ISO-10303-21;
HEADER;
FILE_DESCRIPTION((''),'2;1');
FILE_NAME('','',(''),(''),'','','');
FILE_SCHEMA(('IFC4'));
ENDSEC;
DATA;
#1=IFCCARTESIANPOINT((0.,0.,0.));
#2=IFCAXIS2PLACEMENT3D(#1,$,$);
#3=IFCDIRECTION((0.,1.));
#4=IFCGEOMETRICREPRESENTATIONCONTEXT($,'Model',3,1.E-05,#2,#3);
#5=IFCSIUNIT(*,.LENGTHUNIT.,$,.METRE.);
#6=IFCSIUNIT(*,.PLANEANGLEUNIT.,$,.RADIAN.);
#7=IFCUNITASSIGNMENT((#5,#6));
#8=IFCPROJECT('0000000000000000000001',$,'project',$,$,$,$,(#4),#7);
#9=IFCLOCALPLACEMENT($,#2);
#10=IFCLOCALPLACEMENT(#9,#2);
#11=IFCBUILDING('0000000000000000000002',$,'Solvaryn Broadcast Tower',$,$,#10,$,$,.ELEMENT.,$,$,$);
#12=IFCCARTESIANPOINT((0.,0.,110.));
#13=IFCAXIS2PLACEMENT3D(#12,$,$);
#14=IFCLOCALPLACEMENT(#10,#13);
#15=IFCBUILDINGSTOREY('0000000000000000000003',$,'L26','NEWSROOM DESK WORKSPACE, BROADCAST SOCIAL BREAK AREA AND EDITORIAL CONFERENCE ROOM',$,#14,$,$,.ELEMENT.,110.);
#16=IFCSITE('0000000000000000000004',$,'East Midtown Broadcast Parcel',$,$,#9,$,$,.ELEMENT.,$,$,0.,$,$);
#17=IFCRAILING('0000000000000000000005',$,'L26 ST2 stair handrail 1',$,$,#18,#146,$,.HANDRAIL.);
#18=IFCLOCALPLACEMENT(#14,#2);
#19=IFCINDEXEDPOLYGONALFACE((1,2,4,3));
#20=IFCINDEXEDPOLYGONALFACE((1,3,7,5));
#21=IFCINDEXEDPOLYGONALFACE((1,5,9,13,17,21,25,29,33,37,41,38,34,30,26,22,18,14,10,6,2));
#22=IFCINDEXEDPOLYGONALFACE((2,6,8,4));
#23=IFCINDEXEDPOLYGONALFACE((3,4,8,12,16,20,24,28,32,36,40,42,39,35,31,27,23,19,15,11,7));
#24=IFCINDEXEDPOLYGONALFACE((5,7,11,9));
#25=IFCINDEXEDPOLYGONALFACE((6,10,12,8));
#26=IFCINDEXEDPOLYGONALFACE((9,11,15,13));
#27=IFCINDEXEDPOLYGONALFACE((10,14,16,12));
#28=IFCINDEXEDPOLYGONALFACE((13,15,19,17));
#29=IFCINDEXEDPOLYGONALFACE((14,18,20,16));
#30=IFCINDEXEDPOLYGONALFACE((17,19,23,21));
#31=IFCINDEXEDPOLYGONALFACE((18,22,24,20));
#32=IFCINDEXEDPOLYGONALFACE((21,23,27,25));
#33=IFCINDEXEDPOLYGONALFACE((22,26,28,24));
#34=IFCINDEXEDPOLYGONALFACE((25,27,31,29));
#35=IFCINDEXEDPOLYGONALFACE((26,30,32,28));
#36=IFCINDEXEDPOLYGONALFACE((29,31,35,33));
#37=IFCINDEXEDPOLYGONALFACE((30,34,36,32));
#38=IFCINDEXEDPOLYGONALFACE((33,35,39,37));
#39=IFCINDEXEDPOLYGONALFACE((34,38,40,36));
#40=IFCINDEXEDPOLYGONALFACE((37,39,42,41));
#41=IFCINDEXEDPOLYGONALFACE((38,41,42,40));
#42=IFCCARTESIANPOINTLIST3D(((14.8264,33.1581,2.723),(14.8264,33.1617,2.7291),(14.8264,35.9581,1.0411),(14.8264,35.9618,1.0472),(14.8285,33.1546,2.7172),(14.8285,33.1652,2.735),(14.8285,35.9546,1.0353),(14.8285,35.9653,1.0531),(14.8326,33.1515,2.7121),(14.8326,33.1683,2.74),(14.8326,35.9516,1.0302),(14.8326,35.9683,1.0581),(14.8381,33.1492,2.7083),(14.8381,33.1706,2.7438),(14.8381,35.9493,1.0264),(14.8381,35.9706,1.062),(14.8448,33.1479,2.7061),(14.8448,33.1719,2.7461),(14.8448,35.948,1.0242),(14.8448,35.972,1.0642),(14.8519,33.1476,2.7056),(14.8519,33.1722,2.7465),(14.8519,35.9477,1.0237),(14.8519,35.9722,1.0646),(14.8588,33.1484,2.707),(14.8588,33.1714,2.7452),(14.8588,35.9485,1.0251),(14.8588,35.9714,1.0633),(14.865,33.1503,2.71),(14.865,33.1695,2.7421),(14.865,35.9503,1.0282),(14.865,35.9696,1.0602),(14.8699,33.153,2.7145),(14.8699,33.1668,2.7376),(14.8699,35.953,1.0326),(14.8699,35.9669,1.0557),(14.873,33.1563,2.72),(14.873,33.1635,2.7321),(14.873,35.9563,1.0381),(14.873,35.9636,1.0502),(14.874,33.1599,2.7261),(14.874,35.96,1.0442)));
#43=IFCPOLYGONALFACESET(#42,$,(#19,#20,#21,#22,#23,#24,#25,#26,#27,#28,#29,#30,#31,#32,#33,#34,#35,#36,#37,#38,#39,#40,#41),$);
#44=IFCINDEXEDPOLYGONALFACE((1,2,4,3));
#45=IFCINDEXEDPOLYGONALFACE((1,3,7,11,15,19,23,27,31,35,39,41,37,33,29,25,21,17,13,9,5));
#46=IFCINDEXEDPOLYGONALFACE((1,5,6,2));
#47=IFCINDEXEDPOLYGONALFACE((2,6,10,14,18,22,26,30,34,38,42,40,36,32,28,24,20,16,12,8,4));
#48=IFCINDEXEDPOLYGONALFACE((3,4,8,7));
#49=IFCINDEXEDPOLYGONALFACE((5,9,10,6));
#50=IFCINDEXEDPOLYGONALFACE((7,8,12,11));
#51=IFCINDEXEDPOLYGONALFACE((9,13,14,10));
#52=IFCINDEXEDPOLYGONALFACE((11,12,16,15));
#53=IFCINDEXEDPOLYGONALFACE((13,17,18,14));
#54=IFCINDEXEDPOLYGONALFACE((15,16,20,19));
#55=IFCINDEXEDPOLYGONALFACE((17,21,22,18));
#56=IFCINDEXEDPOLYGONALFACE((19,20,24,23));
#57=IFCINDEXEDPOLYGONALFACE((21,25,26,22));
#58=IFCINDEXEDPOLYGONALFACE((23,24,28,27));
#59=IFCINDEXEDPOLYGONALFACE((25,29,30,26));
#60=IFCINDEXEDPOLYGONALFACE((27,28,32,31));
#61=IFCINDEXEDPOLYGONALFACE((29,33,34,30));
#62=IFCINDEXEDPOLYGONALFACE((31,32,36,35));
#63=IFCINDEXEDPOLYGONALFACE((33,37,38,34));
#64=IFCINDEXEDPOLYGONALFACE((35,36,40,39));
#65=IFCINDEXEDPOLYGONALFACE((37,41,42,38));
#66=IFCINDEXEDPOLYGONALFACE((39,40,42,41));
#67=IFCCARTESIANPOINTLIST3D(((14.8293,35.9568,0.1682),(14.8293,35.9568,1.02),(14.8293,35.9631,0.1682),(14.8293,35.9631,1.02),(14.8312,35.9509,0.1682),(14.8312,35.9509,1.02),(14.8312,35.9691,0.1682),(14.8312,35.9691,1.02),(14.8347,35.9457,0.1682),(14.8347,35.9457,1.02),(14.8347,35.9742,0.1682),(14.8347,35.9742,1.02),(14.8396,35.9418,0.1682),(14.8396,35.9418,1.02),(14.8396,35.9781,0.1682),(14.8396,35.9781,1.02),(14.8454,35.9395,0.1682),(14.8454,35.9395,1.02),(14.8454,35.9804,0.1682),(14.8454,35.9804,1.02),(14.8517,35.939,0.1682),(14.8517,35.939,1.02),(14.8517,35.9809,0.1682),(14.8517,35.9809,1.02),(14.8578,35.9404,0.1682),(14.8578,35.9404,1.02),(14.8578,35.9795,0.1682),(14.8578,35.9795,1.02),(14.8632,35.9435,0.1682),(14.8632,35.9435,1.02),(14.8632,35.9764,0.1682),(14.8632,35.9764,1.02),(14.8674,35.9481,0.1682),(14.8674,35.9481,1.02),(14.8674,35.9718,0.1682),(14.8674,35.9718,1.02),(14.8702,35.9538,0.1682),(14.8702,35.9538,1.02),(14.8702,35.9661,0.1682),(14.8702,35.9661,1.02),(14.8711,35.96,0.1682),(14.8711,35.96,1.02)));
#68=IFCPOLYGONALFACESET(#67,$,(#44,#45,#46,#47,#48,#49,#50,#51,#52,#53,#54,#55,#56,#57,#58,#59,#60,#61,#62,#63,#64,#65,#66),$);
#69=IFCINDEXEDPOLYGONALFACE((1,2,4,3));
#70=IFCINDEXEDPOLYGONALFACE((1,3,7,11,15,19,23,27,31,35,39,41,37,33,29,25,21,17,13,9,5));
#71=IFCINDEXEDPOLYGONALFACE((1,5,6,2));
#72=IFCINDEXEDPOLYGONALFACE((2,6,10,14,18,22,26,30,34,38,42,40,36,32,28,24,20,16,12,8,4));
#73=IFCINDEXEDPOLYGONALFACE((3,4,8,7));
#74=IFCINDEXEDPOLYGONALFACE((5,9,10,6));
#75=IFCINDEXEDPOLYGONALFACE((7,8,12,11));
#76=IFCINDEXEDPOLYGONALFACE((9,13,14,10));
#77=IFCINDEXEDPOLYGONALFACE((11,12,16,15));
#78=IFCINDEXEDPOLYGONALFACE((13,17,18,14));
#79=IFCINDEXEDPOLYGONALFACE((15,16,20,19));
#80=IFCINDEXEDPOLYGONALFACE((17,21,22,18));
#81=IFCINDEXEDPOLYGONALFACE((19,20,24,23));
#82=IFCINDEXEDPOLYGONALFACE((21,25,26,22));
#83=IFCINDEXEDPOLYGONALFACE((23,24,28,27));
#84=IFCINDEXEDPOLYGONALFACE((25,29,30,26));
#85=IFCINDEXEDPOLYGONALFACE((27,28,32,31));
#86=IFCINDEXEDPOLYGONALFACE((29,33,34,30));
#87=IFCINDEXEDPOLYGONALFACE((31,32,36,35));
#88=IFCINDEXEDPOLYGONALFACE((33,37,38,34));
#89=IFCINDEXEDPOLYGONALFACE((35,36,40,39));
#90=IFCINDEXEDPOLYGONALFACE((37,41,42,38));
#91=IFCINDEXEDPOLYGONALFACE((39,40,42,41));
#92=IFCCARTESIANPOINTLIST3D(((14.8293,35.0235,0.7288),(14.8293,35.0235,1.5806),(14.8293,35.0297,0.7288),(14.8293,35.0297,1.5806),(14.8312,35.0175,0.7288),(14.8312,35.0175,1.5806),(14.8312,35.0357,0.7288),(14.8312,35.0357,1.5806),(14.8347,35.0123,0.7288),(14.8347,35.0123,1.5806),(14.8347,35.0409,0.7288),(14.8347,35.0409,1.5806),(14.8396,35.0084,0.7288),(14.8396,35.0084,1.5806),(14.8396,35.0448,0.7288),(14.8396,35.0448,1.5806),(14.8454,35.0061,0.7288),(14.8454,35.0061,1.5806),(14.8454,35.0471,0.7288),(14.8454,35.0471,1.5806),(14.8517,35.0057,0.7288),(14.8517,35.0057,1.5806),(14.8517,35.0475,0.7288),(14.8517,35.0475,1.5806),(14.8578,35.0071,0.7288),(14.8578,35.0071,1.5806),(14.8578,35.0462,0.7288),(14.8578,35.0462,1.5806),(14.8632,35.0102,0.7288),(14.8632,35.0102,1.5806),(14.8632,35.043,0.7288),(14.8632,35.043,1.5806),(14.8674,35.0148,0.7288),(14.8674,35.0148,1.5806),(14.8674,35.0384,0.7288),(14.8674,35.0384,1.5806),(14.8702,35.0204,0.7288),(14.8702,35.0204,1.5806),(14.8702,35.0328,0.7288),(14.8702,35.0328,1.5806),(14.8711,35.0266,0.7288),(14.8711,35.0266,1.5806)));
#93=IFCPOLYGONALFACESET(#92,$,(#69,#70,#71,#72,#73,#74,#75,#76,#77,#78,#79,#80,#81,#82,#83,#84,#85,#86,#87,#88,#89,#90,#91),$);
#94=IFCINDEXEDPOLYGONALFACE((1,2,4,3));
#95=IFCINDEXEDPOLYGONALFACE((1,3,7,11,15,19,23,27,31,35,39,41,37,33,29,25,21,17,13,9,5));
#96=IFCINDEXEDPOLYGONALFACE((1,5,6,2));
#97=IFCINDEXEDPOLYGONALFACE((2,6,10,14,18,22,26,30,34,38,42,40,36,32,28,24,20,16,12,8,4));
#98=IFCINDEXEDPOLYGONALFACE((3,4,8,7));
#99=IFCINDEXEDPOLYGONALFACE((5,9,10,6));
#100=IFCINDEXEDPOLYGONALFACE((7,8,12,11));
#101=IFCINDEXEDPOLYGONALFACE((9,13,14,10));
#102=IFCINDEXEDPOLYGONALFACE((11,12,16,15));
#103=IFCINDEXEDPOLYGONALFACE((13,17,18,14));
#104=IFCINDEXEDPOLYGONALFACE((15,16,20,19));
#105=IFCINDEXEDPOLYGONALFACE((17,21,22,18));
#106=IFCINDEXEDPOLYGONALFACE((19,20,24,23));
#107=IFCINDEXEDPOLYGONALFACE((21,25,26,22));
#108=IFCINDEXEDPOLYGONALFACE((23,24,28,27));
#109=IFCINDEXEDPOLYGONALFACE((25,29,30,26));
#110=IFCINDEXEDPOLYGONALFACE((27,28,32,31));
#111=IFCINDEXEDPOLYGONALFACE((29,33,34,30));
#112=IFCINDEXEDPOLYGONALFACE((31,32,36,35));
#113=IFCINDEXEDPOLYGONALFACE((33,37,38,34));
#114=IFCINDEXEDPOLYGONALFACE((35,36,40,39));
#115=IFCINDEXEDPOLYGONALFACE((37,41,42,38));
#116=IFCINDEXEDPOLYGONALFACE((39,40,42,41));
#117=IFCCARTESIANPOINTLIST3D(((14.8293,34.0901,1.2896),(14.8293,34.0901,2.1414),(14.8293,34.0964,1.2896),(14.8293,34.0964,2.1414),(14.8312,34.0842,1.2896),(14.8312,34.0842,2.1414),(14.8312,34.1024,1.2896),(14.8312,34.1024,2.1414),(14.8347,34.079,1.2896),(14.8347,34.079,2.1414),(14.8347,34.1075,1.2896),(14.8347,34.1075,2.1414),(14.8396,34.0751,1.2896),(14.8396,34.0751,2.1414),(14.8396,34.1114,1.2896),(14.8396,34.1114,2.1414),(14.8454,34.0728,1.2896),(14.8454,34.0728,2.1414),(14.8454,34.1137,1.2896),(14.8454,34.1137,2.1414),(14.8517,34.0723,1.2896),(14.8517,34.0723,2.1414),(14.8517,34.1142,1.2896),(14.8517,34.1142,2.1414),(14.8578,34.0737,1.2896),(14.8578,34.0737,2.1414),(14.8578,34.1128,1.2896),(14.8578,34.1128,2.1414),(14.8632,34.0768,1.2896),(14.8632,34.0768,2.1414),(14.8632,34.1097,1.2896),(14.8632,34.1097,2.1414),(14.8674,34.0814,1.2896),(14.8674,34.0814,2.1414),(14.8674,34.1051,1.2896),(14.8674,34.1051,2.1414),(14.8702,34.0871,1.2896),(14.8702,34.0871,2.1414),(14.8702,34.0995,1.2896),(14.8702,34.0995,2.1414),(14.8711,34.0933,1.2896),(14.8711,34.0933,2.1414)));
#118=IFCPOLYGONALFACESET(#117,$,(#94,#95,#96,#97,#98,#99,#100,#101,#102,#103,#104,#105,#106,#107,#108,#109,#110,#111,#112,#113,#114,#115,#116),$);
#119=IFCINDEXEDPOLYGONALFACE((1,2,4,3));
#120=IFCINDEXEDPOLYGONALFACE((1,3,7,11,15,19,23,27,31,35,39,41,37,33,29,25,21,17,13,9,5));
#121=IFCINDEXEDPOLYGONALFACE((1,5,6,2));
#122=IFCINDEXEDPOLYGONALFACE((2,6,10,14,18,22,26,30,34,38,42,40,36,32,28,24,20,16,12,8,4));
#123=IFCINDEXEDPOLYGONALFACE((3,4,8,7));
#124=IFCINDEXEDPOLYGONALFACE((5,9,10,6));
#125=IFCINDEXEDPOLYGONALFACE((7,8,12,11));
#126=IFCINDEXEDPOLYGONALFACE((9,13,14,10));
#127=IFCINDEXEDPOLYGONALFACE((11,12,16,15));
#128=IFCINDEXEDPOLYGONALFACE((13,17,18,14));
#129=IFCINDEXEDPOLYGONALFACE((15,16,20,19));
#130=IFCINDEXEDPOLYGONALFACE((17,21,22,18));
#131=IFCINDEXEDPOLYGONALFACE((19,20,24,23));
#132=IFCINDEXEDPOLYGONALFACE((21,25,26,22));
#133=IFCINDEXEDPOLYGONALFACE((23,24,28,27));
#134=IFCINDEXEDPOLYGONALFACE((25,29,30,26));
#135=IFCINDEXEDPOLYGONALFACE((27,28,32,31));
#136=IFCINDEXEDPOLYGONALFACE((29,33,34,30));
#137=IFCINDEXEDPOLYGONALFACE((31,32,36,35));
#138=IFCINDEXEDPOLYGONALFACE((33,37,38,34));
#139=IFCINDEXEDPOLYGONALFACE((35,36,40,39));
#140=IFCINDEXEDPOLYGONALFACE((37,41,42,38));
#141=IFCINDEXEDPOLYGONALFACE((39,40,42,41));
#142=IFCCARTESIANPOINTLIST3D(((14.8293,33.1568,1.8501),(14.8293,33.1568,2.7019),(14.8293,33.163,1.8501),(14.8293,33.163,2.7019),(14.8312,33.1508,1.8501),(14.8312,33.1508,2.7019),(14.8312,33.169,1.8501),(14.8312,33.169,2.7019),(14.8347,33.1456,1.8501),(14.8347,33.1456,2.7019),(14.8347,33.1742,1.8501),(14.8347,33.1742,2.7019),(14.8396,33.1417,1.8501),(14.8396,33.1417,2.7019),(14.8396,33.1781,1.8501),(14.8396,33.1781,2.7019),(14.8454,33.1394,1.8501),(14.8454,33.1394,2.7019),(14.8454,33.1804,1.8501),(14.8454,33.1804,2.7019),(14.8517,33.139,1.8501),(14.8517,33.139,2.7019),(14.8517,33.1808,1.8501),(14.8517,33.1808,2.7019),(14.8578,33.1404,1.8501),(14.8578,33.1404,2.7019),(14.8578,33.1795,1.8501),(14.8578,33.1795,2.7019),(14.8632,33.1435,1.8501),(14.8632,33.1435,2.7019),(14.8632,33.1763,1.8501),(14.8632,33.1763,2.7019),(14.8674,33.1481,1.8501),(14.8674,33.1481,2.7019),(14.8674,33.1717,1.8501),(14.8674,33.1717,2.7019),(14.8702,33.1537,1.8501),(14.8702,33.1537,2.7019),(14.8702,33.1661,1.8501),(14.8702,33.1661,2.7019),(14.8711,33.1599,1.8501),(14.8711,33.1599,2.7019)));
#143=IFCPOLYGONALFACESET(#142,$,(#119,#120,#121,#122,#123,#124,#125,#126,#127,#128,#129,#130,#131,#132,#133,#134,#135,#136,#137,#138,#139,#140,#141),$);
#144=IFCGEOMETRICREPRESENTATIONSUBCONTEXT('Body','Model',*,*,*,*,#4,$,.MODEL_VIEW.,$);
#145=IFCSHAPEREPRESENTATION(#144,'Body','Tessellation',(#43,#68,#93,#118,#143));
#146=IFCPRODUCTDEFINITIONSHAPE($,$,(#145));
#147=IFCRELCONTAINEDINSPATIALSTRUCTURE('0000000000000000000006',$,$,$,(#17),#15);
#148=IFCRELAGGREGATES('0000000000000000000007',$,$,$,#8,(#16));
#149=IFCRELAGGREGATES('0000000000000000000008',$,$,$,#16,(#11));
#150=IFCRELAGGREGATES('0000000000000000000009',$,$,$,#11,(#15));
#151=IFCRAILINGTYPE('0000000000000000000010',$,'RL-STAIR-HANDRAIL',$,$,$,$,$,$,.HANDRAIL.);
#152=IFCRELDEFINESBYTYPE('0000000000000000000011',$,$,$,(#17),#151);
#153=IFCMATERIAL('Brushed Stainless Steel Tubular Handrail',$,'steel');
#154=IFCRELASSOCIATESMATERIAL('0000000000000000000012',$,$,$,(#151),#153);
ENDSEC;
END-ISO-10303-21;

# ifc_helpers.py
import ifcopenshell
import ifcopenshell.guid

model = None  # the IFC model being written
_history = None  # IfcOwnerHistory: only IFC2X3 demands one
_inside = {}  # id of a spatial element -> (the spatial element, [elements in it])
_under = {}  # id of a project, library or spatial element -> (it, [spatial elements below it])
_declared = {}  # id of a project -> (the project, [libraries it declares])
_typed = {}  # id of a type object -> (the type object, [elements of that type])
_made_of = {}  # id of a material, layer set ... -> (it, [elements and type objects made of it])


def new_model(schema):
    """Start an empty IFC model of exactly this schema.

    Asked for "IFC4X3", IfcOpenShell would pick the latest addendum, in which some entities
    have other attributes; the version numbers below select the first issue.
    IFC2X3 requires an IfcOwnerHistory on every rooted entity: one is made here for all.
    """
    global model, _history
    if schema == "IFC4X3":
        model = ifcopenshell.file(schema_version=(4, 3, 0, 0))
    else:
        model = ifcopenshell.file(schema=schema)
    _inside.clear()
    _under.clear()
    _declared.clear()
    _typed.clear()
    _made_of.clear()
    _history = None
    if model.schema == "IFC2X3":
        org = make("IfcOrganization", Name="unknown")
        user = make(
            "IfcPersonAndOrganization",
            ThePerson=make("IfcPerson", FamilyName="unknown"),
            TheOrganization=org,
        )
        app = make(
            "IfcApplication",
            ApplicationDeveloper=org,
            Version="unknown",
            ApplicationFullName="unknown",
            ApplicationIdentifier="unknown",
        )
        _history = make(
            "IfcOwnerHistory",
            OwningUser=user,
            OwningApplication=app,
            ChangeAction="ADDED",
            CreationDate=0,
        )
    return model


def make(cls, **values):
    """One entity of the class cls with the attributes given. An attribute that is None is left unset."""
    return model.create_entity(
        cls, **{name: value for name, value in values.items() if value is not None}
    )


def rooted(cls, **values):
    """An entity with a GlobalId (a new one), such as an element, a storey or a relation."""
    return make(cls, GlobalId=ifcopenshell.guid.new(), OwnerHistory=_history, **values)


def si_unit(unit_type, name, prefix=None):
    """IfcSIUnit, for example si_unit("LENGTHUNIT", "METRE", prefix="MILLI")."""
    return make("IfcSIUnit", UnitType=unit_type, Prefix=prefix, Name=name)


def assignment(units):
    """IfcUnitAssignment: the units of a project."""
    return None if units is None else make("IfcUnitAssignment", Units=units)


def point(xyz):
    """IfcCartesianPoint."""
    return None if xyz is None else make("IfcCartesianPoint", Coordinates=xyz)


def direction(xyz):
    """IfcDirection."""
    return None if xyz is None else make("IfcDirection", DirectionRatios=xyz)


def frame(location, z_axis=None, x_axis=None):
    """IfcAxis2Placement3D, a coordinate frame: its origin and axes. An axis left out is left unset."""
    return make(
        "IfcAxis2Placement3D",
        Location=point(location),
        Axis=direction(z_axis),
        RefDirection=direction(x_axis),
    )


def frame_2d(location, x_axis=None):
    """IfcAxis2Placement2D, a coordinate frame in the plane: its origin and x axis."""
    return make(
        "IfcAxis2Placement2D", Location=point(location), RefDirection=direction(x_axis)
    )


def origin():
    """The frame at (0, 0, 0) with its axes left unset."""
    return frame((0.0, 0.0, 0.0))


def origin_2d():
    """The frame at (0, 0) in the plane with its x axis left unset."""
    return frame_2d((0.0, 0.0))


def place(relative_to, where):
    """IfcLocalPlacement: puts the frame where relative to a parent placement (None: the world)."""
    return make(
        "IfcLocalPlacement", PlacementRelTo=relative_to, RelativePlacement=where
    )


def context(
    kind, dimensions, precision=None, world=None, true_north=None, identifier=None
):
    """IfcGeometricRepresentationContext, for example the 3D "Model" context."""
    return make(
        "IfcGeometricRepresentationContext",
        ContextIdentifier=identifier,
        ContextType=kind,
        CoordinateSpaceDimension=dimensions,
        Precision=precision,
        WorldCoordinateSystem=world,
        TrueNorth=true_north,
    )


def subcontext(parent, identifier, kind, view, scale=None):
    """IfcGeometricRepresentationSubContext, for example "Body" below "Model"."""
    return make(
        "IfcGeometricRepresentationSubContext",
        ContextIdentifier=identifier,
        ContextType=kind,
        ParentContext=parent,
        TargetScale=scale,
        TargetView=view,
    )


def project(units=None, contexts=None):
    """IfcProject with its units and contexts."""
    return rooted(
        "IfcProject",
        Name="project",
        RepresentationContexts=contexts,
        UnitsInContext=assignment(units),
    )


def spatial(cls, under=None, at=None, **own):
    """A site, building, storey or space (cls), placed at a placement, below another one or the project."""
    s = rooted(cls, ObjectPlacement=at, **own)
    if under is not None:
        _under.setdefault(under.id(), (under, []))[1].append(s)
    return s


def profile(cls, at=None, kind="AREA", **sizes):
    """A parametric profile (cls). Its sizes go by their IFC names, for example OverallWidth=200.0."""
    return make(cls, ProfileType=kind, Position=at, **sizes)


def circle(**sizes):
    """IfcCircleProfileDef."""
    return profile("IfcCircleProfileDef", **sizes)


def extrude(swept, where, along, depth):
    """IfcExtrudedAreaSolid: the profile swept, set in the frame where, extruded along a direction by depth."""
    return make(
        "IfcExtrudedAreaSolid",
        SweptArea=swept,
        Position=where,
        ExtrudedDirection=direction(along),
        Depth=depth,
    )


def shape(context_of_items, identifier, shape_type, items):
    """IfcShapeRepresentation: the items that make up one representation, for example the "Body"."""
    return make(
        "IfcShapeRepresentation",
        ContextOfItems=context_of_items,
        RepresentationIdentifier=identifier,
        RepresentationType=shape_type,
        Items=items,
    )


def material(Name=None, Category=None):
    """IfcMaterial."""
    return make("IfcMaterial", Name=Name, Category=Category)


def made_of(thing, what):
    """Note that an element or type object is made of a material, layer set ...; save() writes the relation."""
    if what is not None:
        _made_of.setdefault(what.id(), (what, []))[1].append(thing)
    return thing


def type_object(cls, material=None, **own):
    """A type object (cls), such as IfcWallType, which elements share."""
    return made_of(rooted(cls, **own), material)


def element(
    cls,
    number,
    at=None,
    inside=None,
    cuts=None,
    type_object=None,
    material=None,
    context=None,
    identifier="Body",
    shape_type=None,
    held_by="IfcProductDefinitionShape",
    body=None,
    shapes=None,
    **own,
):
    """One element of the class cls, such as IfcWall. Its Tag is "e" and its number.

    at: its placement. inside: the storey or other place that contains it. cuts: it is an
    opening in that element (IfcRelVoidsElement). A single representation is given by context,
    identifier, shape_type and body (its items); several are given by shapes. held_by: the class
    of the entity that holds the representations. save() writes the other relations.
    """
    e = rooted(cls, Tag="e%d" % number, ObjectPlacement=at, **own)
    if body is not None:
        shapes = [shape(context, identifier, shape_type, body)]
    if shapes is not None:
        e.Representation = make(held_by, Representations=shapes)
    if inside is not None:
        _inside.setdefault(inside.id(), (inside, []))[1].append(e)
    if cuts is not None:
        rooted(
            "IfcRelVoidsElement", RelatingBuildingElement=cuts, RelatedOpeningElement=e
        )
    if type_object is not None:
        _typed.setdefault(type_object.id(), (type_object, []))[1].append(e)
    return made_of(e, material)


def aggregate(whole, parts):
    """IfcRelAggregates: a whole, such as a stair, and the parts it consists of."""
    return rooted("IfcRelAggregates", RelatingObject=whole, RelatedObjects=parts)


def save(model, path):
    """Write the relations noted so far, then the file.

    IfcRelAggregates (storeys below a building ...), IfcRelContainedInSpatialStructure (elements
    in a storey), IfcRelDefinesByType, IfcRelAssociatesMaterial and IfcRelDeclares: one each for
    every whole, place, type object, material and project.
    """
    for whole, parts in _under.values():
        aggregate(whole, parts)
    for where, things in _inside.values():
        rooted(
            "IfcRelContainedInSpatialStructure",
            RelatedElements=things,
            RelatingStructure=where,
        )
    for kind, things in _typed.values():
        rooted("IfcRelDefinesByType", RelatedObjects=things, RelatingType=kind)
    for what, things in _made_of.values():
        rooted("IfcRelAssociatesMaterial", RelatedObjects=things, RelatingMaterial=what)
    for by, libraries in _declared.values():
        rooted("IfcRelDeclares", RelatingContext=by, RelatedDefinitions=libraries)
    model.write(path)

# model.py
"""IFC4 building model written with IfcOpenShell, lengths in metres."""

from ifc_helpers import new_model, si_unit, direction, frame, origin, origin_2d, place, context, subcontext, project, spatial, circle, extrude, material, type_object, element, save


model = new_model("IFC4")

# Units and contexts
model_context = context("Model", 3, precision=1e-05, world=origin(), true_north=direction((0.0, 1.0)))
body_context = subcontext(model_context, "Body", "Model", "MODEL_VIEW")
ifc_project = project(units=[si_unit("LENGTHUNIT", "METRE"), si_unit("PLANEANGLEUNIT", "RADIAN")], contexts=[model_context])

# Site, building, storey
site_placement = place(None, origin())
site = spatial("IfcSite", under=ifc_project, at=site_placement, Name="East Midtown Broadcast Parcel", CompositionType="ELEMENT", RefElevation=0.0)
building_placement = place(site_placement, origin())
building = spatial("IfcBuilding", under=site, at=building_placement, Name="Solvaryn Broadcast Tower", CompositionType="ELEMENT")
storey_placement = place(building_placement, frame((0.0, 0.0, 110.0)))
storey = spatial("IfcBuildingStorey", under=building, at=storey_placement, Name="L26", Description="NEWSROOM DESK WORKSPACE, BROADCAST SOCIAL BREAK AREA AND EDITORIAL CONFERENCE ROOM", CompositionType="ELEMENT", Elevation=110.0)

# Railing
ifc_material_1 = material(Name="Brushed Stainless Steel Tubular Handrail", Category="steel")
railing_type_1 = type_object("IfcRailingType", Name="RL-STAIR-HANDRAIL", PredefinedType="HANDRAIL", material=ifc_material_1)
railing_1_placement = place(storey_placement, frame((14.8501, 35.96, 0.1682)))
element("IfcRailing", 1, at=railing_1_placement, inside=storey, type_object=railing_type_1, Name="L26 ST2 stair handrail 1", PredefinedType="HANDRAIL", context=body_context, shape_type="SweptSolid", body=[
    extrude(circle(Radius=0.0239, at=origin_2d()), frame((0.0, 0.0, 0.876), z_axis=(0.0, -0.857242, 0.514913), x_axis=(1.0, 0.0, 0.0)), (0.0, 0.0, 1.0), 3.2664),
    extrude(circle(Radius=0.021, at=origin_2d()), origin(), (0.0, 0.0, 1.0), 0.8518),
    extrude(circle(Radius=0.021, at=origin_2d()), frame((0.0, -0.9333, 0.5605)), (0.0, 0.0, 1.0), 0.8518),
    extrude(circle(Radius=0.021, at=origin_2d()), frame((0.0, -1.8667, 1.1213)), (0.0, 0.0, 1.0), 0.8518),
    extrude(circle(Radius=0.021, at=origin_2d()), frame((0.0, -2.8, 1.6819)), (0.0, 0.0, 1.0), 0.8518),
])

save(model, "model.ifc")
